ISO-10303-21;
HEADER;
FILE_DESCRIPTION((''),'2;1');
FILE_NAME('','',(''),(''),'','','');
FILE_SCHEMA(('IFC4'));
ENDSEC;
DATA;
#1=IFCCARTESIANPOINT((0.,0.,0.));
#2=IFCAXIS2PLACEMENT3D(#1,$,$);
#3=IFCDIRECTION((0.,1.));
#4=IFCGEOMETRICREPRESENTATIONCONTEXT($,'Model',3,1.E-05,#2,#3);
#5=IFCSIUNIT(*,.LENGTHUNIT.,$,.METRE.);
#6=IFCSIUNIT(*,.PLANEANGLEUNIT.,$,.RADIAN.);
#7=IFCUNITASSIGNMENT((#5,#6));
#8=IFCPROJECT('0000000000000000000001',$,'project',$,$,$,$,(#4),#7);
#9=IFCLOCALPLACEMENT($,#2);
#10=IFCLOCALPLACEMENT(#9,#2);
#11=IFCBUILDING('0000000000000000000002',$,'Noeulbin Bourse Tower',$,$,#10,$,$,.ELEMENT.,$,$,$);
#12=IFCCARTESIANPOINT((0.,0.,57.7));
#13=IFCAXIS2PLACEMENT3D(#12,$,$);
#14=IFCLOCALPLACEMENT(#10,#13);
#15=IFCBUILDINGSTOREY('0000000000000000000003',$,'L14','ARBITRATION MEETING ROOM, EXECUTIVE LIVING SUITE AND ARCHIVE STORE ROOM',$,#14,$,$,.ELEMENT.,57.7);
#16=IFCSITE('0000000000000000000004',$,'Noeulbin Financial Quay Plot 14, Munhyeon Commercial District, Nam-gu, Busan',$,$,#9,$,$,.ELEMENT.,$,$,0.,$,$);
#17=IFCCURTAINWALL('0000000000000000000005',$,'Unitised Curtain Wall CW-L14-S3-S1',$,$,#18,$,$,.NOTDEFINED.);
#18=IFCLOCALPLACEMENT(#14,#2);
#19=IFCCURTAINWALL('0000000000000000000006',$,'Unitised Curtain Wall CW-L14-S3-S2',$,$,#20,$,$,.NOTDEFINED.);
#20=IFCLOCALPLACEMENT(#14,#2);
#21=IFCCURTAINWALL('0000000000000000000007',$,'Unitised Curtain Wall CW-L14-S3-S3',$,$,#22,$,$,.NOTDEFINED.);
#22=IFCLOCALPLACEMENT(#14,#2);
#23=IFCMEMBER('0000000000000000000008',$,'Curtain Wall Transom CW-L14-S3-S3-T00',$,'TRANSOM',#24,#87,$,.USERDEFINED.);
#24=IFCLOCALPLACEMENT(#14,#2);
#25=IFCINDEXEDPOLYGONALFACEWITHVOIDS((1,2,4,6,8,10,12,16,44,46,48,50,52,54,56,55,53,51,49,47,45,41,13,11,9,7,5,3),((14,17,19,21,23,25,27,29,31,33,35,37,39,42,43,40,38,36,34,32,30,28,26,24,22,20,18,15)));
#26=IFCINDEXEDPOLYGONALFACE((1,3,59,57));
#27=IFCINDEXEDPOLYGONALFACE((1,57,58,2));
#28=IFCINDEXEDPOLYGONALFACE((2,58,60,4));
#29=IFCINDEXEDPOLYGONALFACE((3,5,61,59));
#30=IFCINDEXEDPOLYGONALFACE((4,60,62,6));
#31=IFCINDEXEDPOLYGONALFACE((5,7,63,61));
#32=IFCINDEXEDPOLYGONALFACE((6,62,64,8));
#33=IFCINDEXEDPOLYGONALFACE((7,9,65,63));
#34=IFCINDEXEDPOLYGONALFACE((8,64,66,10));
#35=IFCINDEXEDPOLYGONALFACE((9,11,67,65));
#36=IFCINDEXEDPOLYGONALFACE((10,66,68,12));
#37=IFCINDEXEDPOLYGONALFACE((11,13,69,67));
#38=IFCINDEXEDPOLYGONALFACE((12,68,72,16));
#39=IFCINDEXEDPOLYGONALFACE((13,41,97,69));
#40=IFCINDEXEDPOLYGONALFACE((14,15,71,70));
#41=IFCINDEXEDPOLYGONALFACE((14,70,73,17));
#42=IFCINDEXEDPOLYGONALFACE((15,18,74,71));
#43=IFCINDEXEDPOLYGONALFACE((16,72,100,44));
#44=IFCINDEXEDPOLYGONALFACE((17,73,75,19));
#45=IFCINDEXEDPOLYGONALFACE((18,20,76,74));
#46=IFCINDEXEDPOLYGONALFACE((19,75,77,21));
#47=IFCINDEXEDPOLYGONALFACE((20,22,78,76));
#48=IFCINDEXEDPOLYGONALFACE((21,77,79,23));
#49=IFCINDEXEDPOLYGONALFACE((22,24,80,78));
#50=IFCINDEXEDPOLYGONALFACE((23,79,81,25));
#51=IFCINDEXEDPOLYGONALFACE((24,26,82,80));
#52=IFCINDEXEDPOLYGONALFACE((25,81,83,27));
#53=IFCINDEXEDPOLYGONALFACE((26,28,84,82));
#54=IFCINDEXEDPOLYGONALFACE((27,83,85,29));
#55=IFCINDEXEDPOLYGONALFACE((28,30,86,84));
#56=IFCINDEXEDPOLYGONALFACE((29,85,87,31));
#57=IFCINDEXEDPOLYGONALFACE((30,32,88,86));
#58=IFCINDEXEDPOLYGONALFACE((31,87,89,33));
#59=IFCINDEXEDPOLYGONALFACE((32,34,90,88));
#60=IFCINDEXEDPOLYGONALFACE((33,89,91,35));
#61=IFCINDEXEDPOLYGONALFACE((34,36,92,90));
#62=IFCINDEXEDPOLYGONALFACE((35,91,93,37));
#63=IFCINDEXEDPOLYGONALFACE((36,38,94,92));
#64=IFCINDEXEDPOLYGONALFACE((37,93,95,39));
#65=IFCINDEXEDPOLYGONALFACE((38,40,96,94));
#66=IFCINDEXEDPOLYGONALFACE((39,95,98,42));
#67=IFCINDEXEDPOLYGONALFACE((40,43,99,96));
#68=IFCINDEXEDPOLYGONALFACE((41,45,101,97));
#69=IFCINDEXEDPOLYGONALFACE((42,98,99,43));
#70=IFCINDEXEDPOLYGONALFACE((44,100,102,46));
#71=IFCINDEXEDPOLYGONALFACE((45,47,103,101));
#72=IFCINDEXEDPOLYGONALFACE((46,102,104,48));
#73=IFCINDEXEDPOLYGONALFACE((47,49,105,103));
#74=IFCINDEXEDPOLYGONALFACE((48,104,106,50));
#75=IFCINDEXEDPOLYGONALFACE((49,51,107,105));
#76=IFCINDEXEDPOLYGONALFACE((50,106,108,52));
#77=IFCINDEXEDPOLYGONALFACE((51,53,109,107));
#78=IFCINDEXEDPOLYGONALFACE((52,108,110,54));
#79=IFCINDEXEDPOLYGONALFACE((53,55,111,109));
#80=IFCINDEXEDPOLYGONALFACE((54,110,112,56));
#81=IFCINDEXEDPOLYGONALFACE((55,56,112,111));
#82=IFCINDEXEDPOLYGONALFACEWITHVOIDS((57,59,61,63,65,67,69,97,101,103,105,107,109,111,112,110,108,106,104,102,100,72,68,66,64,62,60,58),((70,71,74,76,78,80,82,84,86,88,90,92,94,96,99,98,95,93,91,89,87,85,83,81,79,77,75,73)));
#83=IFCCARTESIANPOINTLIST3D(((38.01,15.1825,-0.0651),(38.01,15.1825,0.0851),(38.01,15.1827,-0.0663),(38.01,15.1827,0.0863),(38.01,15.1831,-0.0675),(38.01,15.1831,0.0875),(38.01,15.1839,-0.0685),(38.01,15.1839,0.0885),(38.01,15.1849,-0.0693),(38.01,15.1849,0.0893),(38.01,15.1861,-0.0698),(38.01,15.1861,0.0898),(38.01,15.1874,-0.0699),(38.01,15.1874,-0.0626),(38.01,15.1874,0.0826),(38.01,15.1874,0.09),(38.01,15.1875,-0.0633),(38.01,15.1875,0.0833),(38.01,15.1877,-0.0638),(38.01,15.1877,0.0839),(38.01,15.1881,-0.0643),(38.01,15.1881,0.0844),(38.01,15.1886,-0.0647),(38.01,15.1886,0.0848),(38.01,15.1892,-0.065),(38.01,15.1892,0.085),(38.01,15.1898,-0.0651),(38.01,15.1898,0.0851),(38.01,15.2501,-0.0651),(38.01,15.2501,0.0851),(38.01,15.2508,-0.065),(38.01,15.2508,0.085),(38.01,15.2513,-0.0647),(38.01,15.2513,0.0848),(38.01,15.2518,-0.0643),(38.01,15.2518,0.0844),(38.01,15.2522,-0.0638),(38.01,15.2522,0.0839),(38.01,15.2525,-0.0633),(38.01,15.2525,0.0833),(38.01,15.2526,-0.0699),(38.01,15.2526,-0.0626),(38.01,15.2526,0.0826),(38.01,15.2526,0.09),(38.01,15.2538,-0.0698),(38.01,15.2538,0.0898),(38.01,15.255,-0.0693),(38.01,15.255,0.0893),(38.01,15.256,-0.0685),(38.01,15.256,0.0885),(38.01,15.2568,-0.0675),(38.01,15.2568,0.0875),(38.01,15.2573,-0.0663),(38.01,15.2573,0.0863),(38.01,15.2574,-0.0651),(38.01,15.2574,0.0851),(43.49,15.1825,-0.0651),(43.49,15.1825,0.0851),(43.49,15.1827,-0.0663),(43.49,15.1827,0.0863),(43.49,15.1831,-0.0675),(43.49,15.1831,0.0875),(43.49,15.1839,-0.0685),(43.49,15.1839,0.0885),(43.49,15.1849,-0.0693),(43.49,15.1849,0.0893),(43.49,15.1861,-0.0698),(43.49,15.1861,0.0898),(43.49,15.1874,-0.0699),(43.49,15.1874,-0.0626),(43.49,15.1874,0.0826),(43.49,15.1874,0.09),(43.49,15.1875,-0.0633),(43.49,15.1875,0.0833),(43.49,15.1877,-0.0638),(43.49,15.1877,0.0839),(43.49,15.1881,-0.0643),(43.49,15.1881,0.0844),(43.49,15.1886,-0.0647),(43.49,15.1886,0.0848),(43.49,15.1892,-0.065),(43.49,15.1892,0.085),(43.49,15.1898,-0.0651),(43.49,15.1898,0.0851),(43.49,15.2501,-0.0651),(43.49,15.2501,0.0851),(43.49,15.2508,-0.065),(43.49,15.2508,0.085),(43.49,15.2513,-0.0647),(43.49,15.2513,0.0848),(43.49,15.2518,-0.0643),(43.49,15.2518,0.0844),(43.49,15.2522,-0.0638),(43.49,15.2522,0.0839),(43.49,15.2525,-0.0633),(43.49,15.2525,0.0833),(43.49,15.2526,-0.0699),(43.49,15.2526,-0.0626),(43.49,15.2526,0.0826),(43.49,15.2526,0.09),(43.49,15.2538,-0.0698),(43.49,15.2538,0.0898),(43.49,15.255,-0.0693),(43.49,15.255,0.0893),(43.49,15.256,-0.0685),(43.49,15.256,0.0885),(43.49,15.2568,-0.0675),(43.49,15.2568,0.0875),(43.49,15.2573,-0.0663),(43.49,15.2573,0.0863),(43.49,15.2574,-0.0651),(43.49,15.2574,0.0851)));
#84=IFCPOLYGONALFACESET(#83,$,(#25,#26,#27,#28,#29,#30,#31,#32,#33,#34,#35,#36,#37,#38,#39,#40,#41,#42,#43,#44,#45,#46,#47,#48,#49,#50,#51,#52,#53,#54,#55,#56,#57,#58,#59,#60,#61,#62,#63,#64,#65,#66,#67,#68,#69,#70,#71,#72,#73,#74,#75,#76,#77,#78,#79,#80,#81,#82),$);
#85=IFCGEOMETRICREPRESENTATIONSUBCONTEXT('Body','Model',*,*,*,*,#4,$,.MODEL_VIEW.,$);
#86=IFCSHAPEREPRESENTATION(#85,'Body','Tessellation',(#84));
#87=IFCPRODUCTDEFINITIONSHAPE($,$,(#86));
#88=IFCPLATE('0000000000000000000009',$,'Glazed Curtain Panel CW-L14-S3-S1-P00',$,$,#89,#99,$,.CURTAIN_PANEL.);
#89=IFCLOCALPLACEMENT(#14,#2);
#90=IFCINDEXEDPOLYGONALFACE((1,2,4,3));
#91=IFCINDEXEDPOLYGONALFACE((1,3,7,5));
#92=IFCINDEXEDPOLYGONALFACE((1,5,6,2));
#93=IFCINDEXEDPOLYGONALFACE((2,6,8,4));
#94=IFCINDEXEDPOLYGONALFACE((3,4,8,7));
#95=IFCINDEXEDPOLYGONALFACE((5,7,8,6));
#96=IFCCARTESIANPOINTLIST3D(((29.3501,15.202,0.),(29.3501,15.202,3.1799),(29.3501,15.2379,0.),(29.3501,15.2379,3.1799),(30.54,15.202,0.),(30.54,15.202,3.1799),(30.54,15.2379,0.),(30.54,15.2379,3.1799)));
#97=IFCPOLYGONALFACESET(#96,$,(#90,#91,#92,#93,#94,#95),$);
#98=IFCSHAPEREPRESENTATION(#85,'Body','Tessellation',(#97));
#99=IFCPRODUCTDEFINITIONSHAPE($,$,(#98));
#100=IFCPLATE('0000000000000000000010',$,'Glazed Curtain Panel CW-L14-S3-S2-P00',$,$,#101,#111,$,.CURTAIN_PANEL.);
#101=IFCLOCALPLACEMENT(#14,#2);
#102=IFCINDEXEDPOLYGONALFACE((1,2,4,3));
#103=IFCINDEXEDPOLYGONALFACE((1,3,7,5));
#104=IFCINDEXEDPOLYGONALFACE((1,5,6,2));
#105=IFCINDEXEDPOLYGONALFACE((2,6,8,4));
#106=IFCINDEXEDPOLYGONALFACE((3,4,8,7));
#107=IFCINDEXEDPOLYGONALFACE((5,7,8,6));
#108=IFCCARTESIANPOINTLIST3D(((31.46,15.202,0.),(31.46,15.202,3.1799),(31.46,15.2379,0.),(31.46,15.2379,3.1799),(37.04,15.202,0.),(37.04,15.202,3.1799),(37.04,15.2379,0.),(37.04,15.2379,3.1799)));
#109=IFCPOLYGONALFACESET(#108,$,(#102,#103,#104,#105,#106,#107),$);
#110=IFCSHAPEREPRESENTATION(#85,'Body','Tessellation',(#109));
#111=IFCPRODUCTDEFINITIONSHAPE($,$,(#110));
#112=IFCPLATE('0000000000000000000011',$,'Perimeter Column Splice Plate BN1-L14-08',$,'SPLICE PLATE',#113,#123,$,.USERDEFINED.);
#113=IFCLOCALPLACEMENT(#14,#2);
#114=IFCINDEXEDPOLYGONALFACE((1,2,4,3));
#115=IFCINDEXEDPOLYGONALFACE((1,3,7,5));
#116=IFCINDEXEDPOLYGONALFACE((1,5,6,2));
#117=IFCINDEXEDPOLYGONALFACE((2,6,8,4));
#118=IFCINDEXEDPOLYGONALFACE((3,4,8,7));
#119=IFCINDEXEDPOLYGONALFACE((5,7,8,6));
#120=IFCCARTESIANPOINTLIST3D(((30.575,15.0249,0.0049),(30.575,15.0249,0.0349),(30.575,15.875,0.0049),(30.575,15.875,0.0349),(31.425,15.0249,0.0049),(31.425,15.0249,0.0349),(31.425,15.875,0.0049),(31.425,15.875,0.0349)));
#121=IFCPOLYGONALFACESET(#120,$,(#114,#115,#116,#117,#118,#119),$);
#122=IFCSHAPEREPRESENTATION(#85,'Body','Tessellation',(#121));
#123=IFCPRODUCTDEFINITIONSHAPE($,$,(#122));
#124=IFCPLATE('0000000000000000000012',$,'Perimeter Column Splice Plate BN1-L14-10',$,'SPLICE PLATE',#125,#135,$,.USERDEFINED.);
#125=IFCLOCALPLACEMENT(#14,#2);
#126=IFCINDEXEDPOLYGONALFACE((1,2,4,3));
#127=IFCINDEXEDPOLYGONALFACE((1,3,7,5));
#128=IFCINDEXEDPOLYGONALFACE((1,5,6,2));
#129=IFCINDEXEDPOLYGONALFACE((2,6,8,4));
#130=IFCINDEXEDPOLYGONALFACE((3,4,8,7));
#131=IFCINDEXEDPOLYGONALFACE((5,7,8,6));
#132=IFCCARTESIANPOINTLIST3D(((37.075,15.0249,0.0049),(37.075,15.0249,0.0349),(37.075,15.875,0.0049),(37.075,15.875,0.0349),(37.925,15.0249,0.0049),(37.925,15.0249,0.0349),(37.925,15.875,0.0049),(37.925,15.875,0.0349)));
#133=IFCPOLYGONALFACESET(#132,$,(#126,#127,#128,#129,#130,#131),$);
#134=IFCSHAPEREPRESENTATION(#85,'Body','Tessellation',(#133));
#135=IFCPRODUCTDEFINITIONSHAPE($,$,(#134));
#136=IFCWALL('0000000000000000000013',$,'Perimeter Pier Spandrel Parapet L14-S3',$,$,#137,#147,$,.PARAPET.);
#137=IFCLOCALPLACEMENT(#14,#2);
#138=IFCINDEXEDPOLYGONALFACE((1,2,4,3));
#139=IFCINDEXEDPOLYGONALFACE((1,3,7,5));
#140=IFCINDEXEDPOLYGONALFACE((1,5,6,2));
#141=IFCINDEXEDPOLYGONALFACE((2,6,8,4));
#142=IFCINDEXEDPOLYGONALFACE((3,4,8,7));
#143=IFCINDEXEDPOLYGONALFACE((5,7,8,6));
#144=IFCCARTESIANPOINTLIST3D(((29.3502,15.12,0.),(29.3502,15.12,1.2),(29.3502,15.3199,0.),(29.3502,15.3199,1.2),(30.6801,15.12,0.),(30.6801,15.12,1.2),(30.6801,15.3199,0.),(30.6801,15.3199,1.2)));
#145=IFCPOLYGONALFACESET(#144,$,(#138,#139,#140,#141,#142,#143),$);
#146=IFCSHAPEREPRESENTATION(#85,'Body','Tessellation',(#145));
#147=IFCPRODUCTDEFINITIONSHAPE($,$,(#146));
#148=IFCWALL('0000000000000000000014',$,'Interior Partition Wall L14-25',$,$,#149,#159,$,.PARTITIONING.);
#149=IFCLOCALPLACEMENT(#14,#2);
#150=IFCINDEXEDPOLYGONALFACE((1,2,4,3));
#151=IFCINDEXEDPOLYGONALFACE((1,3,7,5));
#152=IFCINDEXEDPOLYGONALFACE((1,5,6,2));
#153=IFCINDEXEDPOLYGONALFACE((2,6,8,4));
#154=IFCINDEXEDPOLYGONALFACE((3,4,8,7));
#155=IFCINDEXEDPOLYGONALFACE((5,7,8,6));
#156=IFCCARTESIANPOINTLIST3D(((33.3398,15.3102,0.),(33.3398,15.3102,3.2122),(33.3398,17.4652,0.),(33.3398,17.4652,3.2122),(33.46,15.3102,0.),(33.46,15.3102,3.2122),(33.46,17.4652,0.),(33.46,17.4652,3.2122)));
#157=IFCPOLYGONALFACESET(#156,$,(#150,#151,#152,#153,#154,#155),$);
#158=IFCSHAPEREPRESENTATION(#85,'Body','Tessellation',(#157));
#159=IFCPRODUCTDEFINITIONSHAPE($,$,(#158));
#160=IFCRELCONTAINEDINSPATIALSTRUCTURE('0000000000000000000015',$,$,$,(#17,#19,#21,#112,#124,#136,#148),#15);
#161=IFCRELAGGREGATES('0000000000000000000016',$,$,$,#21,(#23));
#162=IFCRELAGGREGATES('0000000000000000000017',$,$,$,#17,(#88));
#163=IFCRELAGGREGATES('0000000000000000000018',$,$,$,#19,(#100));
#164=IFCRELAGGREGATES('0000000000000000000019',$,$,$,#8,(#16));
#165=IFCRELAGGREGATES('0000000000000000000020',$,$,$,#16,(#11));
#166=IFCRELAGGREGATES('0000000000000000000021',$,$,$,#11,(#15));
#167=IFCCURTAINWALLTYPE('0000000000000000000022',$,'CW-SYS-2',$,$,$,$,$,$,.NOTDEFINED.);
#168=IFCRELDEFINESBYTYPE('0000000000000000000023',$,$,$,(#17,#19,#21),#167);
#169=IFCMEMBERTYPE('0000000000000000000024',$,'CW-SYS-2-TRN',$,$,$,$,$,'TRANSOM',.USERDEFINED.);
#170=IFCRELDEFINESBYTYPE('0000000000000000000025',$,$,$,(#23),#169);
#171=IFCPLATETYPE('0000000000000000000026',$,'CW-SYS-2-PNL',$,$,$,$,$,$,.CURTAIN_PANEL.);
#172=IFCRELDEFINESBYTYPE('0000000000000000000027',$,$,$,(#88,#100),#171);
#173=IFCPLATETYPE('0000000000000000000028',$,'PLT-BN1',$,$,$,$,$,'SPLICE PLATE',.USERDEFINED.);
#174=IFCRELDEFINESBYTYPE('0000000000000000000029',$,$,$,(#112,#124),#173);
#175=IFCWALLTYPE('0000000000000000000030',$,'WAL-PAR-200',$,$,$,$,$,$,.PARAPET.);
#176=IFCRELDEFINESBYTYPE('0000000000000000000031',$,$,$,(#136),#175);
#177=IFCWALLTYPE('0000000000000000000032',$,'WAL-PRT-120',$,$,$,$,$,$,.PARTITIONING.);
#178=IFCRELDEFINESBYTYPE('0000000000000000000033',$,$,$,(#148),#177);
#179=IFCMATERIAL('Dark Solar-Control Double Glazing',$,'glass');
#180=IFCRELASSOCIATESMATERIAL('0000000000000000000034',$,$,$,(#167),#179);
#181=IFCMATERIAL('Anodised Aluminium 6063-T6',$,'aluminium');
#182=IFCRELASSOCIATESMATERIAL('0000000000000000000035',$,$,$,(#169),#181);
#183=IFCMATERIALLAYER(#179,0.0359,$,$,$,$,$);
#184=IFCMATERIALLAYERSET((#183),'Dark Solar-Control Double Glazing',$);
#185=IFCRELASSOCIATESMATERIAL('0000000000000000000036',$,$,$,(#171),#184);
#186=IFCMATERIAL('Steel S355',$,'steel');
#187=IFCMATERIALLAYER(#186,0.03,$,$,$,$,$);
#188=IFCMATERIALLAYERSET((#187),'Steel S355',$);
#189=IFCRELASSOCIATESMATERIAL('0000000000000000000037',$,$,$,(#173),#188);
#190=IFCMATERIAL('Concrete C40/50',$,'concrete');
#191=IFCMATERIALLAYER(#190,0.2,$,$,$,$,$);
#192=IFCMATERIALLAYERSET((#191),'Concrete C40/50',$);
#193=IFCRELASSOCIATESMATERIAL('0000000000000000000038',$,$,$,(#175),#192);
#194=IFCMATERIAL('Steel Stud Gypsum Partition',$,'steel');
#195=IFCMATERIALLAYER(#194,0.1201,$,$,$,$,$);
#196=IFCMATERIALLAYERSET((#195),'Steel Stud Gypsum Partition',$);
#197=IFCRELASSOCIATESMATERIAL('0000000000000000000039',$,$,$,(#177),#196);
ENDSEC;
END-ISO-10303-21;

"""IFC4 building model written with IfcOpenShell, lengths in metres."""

from ifc_helpers import new_model, si_unit, direction, frame, frame_2d, origin, origin_2d, place, context, subcontext, project, spatial, rectangle, hollow_rectangle, extrude, material, layer, layer_set, material_profile, profile_set, type_object, element, aggregate, save


model = new_model("IFC4")

# Units and contexts
model_context = context("Model", 3, precision=1e-05, world=origin(), true_north=direction((0.0, 1.0)))
body_context = subcontext(model_context, "Body", "Model", "MODEL_VIEW")
ifc_project = project(units=[si_unit("LENGTHUNIT", "METRE"), si_unit("PLANEANGLEUNIT", "RADIAN")], contexts=[model_context])

# Site, building, storey
site_placement = place(None, origin())
site = spatial("IfcSite", under=ifc_project, at=site_placement, Name="Noeulbin Financial Quay Plot 14, Munhyeon Commercial District, Nam-gu, Busan", CompositionType="ELEMENT", RefElevation=0.0)
building_placement = place(site_placement, origin())
building = spatial("IfcBuilding", under=site, at=building_placement, Name="Noeulbin Bourse Tower", CompositionType="ELEMENT")
storey_placement = place(building_placement, frame((0.0, 0.0, 57.7)))
storey = spatial("IfcBuildingStorey", under=building, at=storey_placement, Name="L14", Description="ARBITRATION MEETING ROOM, EXECUTIVE LIVING SUITE AND ARCHIVE STORE ROOM", CompositionType="ELEMENT", Elevation=57.7)

# Shared definitions
ifc_material_1 = material(Name="Steel S355", Category="steel")

# Curtain walls
ifc_material_2 = material(Name="Dark Solar-Control Double Glazing", Category="glass")
curtain_wall_type = type_object("IfcCurtainWallType", Name="CW-SYS-2", PredefinedType="NOTDEFINED", material=ifc_material_2)
curtain_wall_1_placement = place(storey_placement, origin())
curtain_wall_1 = element("IfcCurtainWall", 1, at=curtain_wall_1_placement, inside=storey, type_object=curtain_wall_type, Name="Unitised Curtain Wall CW-L14-S3-S1", PredefinedType="NOTDEFINED")
ifc_material_3 = material(Name="Anodised Aluminium 6063-T6", Category="aluminium")
curtain_wall_2_placement = place(storey_placement, origin())
curtain_wall_2 = element("IfcCurtainWall", 2, at=curtain_wall_2_placement, inside=storey, type_object=curtain_wall_type, Name="Unitised Curtain Wall CW-L14-S3-S2", PredefinedType="NOTDEFINED")

# Curtain wall
curtain_wall_3_placement = place(storey_placement, origin())
curtain_wall_3 = element("IfcCurtainWall", 3, at=curtain_wall_3_placement, inside=storey, type_object=curtain_wall_type, Name="Unitised Curtain Wall CW-L14-S3-S3", PredefinedType="NOTDEFINED")

# Member
ifc_material_profile_1 = material_profile(ifc_material_3, hollow_rectangle(XDim=0.075, YDim=0.1599, WallThickness=0.0049, InnerFilletRadius=0.0024, OuterFilletRadius=0.0049, at=origin_2d()), Name="ALU-TRAN-75x160x5", Category="LoadBearing")
ifc_profile_set_1 = profile_set([ifc_material_profile_1], Name="Anodised Aluminium 6063-T6")
member_type_1 = type_object("IfcMemberType", Name="CW-SYS-2-TRN", ElementType="TRANSOM", PredefinedType="USERDEFINED", material=ifc_profile_set_1)
member_1_placement = place(storey_placement, frame((38.01, 15.22, 0.01), z_axis=(1.0, 0.0, 0.0), x_axis=(0.0, 1.0, 0.0)))
member_1 = element("IfcMember", 4, at=member_1_placement, type_object=member_type_1, Name="Curtain Wall Transom CW-L14-S3-S3-T00", ObjectType="TRANSOM", PredefinedType="USERDEFINED", context=body_context, shape_type="SweptSolid", body=[
    extrude(hollow_rectangle(XDim=0.075, YDim=0.1599, WallThickness=0.0049, InnerFilletRadius=0.0024, OuterFilletRadius=0.0049, at=origin_2d()), origin(), (0.0, 0.0, 1.0), 5.48),
])
aggregate(curtain_wall_3, [member_1])

# Plates
ifc_layer_1 = layer(ifc_material_2, 0.0359)
ifc_layer_set_1 = layer_set([ifc_layer_1], Name="Dark Solar-Control Double Glazing")
plate_type_1 = type_object("IfcPlateType", Name="CW-SYS-2-PNL", PredefinedType="CURTAIN_PANEL", material=ifc_layer_set_1)
plate_1_placement = place(storey_placement, frame((29.9451, 15.22, 0.0), z_axis=(0.0, 0.0, 1.0), x_axis=(1.0, 0.0, 0.0)))
plate_1 = element("IfcPlate", 5, at=plate_1_placement, type_object=plate_type_1, Name="Glazed Curtain Panel CW-L14-S3-S1-P00", PredefinedType="CURTAIN_PANEL", context=body_context, shape_type="SweptSolid", body=[
    extrude(rectangle(XDim=1.1899, YDim=0.0359, at=origin_2d()), origin(), (0.0, 0.0, 1.0), 3.1799),
])
aggregate(curtain_wall_1, [plate_1])
plate_2_placement = place(storey_placement, frame((34.25, 15.22, 0.0), z_axis=(0.0, 0.0, 1.0), x_axis=(1.0, 0.0, 0.0)))
plate_2 = element("IfcPlate", 6, at=plate_2_placement, type_object=plate_type_1, Name="Glazed Curtain Panel CW-L14-S3-S2-P00", PredefinedType="CURTAIN_PANEL", context=body_context, shape_type="SweptSolid", body=[
    extrude(rectangle(XDim=5.5801, YDim=0.0359, at=origin_2d()), origin(), (0.0, 0.0, 1.0), 3.1799),
])
aggregate(curtain_wall_2, [plate_2])

# Plates
ifc_layer_2 = layer(ifc_material_1, 0.03)
ifc_layer_set_2 = layer_set([ifc_layer_2], Name="Steel S355")
plate_type_2 = type_object("IfcPlateType", Name="PLT-BN1", ElementType="SPLICE PLATE", PredefinedType="USERDEFINED", material=ifc_layer_set_2)
for number, where, z_axis, x_axis, name in (
    (7, (31.0, 15.45, 0.0049), (0.0, 0.0, 1.0), (1.0, 0.0, 0.0), "Perimeter Column Splice Plate BN1-L14-08"),
    (8, (37.5, 15.45, 0.0049), (0.0, 0.0, 1.0), (1.0, 0.0, 0.0), "Perimeter Column Splice Plate BN1-L14-10"),
):
    element("IfcPlate", number, at=place(storey_placement, frame(where, z_axis=z_axis, x_axis=x_axis)), inside=storey, type_object=plate_type_2, Name=name, ObjectType="SPLICE PLATE", PredefinedType="USERDEFINED", context=body_context, shape_type="SweptSolid", body=[
        extrude(rectangle(XDim=0.8501, YDim=0.8501, at=origin_2d()), origin(), (0.0, 0.0, 1.0), 0.03),
    ])

# Walls
ifc_material_4 = material(Name="Concrete C40/50", Category="concrete")
ifc_layer_3 = layer(ifc_material_4, 0.2)
ifc_layer_set_3 = layer_set([ifc_layer_3], Name="Concrete C40/50")
wall_type_1 = type_object("IfcWallType", Name="WAL-PAR-200", PredefinedType="PARAPET", material=ifc_layer_set_3)
wall_1_placement = place(storey_placement, frame((29.3501, 15.22, 0.0), z_axis=(0.0, 0.0, 1.0), x_axis=(1.0, 0.0, 0.0)))
element("IfcWall", 9, at=wall_1_placement, inside=storey, type_object=wall_type_1, Name="Perimeter Pier Spandrel Parapet L14-S3", PredefinedType="PARAPET", context=body_context, shape_type="SweptSolid", body=[
    extrude(rectangle(XDim=1.3298, YDim=0.2, at=frame_2d((0.665, 0.0))), origin(), (0.0, 0.0, 1.0), 1.2),
])
ifc_material_5 = material(Name="Steel Stud Gypsum Partition", Category="steel")
ifc_layer_4 = layer(ifc_material_5, 0.1201)
ifc_layer_set_4 = layer_set([ifc_layer_4], Name="Steel Stud Gypsum Partition")
wall_type_2 = type_object("IfcWallType", Name="WAL-PRT-120", PredefinedType="PARTITIONING", material=ifc_layer_set_4)
wall_2_placement = place(storey_placement, frame((33.3999, 15.3101, 0.0), z_axis=(0.0, 0.0, 1.0), x_axis=(0.0, 1.0, 0.0)))
element("IfcWall", 10, at=wall_2_placement, inside=storey, type_object=wall_type_2, Name="Interior Partition Wall L14-25", PredefinedType="PARTITIONING", context=body_context, shape_type="SweptSolid", body=[
    extrude(rectangle(XDim=2.155, YDim=0.1201, at=frame_2d((1.0776, 0.0))), origin(), (0.0, 0.0, 1.0), 3.2122),
])

save(model, "model.ifc")
